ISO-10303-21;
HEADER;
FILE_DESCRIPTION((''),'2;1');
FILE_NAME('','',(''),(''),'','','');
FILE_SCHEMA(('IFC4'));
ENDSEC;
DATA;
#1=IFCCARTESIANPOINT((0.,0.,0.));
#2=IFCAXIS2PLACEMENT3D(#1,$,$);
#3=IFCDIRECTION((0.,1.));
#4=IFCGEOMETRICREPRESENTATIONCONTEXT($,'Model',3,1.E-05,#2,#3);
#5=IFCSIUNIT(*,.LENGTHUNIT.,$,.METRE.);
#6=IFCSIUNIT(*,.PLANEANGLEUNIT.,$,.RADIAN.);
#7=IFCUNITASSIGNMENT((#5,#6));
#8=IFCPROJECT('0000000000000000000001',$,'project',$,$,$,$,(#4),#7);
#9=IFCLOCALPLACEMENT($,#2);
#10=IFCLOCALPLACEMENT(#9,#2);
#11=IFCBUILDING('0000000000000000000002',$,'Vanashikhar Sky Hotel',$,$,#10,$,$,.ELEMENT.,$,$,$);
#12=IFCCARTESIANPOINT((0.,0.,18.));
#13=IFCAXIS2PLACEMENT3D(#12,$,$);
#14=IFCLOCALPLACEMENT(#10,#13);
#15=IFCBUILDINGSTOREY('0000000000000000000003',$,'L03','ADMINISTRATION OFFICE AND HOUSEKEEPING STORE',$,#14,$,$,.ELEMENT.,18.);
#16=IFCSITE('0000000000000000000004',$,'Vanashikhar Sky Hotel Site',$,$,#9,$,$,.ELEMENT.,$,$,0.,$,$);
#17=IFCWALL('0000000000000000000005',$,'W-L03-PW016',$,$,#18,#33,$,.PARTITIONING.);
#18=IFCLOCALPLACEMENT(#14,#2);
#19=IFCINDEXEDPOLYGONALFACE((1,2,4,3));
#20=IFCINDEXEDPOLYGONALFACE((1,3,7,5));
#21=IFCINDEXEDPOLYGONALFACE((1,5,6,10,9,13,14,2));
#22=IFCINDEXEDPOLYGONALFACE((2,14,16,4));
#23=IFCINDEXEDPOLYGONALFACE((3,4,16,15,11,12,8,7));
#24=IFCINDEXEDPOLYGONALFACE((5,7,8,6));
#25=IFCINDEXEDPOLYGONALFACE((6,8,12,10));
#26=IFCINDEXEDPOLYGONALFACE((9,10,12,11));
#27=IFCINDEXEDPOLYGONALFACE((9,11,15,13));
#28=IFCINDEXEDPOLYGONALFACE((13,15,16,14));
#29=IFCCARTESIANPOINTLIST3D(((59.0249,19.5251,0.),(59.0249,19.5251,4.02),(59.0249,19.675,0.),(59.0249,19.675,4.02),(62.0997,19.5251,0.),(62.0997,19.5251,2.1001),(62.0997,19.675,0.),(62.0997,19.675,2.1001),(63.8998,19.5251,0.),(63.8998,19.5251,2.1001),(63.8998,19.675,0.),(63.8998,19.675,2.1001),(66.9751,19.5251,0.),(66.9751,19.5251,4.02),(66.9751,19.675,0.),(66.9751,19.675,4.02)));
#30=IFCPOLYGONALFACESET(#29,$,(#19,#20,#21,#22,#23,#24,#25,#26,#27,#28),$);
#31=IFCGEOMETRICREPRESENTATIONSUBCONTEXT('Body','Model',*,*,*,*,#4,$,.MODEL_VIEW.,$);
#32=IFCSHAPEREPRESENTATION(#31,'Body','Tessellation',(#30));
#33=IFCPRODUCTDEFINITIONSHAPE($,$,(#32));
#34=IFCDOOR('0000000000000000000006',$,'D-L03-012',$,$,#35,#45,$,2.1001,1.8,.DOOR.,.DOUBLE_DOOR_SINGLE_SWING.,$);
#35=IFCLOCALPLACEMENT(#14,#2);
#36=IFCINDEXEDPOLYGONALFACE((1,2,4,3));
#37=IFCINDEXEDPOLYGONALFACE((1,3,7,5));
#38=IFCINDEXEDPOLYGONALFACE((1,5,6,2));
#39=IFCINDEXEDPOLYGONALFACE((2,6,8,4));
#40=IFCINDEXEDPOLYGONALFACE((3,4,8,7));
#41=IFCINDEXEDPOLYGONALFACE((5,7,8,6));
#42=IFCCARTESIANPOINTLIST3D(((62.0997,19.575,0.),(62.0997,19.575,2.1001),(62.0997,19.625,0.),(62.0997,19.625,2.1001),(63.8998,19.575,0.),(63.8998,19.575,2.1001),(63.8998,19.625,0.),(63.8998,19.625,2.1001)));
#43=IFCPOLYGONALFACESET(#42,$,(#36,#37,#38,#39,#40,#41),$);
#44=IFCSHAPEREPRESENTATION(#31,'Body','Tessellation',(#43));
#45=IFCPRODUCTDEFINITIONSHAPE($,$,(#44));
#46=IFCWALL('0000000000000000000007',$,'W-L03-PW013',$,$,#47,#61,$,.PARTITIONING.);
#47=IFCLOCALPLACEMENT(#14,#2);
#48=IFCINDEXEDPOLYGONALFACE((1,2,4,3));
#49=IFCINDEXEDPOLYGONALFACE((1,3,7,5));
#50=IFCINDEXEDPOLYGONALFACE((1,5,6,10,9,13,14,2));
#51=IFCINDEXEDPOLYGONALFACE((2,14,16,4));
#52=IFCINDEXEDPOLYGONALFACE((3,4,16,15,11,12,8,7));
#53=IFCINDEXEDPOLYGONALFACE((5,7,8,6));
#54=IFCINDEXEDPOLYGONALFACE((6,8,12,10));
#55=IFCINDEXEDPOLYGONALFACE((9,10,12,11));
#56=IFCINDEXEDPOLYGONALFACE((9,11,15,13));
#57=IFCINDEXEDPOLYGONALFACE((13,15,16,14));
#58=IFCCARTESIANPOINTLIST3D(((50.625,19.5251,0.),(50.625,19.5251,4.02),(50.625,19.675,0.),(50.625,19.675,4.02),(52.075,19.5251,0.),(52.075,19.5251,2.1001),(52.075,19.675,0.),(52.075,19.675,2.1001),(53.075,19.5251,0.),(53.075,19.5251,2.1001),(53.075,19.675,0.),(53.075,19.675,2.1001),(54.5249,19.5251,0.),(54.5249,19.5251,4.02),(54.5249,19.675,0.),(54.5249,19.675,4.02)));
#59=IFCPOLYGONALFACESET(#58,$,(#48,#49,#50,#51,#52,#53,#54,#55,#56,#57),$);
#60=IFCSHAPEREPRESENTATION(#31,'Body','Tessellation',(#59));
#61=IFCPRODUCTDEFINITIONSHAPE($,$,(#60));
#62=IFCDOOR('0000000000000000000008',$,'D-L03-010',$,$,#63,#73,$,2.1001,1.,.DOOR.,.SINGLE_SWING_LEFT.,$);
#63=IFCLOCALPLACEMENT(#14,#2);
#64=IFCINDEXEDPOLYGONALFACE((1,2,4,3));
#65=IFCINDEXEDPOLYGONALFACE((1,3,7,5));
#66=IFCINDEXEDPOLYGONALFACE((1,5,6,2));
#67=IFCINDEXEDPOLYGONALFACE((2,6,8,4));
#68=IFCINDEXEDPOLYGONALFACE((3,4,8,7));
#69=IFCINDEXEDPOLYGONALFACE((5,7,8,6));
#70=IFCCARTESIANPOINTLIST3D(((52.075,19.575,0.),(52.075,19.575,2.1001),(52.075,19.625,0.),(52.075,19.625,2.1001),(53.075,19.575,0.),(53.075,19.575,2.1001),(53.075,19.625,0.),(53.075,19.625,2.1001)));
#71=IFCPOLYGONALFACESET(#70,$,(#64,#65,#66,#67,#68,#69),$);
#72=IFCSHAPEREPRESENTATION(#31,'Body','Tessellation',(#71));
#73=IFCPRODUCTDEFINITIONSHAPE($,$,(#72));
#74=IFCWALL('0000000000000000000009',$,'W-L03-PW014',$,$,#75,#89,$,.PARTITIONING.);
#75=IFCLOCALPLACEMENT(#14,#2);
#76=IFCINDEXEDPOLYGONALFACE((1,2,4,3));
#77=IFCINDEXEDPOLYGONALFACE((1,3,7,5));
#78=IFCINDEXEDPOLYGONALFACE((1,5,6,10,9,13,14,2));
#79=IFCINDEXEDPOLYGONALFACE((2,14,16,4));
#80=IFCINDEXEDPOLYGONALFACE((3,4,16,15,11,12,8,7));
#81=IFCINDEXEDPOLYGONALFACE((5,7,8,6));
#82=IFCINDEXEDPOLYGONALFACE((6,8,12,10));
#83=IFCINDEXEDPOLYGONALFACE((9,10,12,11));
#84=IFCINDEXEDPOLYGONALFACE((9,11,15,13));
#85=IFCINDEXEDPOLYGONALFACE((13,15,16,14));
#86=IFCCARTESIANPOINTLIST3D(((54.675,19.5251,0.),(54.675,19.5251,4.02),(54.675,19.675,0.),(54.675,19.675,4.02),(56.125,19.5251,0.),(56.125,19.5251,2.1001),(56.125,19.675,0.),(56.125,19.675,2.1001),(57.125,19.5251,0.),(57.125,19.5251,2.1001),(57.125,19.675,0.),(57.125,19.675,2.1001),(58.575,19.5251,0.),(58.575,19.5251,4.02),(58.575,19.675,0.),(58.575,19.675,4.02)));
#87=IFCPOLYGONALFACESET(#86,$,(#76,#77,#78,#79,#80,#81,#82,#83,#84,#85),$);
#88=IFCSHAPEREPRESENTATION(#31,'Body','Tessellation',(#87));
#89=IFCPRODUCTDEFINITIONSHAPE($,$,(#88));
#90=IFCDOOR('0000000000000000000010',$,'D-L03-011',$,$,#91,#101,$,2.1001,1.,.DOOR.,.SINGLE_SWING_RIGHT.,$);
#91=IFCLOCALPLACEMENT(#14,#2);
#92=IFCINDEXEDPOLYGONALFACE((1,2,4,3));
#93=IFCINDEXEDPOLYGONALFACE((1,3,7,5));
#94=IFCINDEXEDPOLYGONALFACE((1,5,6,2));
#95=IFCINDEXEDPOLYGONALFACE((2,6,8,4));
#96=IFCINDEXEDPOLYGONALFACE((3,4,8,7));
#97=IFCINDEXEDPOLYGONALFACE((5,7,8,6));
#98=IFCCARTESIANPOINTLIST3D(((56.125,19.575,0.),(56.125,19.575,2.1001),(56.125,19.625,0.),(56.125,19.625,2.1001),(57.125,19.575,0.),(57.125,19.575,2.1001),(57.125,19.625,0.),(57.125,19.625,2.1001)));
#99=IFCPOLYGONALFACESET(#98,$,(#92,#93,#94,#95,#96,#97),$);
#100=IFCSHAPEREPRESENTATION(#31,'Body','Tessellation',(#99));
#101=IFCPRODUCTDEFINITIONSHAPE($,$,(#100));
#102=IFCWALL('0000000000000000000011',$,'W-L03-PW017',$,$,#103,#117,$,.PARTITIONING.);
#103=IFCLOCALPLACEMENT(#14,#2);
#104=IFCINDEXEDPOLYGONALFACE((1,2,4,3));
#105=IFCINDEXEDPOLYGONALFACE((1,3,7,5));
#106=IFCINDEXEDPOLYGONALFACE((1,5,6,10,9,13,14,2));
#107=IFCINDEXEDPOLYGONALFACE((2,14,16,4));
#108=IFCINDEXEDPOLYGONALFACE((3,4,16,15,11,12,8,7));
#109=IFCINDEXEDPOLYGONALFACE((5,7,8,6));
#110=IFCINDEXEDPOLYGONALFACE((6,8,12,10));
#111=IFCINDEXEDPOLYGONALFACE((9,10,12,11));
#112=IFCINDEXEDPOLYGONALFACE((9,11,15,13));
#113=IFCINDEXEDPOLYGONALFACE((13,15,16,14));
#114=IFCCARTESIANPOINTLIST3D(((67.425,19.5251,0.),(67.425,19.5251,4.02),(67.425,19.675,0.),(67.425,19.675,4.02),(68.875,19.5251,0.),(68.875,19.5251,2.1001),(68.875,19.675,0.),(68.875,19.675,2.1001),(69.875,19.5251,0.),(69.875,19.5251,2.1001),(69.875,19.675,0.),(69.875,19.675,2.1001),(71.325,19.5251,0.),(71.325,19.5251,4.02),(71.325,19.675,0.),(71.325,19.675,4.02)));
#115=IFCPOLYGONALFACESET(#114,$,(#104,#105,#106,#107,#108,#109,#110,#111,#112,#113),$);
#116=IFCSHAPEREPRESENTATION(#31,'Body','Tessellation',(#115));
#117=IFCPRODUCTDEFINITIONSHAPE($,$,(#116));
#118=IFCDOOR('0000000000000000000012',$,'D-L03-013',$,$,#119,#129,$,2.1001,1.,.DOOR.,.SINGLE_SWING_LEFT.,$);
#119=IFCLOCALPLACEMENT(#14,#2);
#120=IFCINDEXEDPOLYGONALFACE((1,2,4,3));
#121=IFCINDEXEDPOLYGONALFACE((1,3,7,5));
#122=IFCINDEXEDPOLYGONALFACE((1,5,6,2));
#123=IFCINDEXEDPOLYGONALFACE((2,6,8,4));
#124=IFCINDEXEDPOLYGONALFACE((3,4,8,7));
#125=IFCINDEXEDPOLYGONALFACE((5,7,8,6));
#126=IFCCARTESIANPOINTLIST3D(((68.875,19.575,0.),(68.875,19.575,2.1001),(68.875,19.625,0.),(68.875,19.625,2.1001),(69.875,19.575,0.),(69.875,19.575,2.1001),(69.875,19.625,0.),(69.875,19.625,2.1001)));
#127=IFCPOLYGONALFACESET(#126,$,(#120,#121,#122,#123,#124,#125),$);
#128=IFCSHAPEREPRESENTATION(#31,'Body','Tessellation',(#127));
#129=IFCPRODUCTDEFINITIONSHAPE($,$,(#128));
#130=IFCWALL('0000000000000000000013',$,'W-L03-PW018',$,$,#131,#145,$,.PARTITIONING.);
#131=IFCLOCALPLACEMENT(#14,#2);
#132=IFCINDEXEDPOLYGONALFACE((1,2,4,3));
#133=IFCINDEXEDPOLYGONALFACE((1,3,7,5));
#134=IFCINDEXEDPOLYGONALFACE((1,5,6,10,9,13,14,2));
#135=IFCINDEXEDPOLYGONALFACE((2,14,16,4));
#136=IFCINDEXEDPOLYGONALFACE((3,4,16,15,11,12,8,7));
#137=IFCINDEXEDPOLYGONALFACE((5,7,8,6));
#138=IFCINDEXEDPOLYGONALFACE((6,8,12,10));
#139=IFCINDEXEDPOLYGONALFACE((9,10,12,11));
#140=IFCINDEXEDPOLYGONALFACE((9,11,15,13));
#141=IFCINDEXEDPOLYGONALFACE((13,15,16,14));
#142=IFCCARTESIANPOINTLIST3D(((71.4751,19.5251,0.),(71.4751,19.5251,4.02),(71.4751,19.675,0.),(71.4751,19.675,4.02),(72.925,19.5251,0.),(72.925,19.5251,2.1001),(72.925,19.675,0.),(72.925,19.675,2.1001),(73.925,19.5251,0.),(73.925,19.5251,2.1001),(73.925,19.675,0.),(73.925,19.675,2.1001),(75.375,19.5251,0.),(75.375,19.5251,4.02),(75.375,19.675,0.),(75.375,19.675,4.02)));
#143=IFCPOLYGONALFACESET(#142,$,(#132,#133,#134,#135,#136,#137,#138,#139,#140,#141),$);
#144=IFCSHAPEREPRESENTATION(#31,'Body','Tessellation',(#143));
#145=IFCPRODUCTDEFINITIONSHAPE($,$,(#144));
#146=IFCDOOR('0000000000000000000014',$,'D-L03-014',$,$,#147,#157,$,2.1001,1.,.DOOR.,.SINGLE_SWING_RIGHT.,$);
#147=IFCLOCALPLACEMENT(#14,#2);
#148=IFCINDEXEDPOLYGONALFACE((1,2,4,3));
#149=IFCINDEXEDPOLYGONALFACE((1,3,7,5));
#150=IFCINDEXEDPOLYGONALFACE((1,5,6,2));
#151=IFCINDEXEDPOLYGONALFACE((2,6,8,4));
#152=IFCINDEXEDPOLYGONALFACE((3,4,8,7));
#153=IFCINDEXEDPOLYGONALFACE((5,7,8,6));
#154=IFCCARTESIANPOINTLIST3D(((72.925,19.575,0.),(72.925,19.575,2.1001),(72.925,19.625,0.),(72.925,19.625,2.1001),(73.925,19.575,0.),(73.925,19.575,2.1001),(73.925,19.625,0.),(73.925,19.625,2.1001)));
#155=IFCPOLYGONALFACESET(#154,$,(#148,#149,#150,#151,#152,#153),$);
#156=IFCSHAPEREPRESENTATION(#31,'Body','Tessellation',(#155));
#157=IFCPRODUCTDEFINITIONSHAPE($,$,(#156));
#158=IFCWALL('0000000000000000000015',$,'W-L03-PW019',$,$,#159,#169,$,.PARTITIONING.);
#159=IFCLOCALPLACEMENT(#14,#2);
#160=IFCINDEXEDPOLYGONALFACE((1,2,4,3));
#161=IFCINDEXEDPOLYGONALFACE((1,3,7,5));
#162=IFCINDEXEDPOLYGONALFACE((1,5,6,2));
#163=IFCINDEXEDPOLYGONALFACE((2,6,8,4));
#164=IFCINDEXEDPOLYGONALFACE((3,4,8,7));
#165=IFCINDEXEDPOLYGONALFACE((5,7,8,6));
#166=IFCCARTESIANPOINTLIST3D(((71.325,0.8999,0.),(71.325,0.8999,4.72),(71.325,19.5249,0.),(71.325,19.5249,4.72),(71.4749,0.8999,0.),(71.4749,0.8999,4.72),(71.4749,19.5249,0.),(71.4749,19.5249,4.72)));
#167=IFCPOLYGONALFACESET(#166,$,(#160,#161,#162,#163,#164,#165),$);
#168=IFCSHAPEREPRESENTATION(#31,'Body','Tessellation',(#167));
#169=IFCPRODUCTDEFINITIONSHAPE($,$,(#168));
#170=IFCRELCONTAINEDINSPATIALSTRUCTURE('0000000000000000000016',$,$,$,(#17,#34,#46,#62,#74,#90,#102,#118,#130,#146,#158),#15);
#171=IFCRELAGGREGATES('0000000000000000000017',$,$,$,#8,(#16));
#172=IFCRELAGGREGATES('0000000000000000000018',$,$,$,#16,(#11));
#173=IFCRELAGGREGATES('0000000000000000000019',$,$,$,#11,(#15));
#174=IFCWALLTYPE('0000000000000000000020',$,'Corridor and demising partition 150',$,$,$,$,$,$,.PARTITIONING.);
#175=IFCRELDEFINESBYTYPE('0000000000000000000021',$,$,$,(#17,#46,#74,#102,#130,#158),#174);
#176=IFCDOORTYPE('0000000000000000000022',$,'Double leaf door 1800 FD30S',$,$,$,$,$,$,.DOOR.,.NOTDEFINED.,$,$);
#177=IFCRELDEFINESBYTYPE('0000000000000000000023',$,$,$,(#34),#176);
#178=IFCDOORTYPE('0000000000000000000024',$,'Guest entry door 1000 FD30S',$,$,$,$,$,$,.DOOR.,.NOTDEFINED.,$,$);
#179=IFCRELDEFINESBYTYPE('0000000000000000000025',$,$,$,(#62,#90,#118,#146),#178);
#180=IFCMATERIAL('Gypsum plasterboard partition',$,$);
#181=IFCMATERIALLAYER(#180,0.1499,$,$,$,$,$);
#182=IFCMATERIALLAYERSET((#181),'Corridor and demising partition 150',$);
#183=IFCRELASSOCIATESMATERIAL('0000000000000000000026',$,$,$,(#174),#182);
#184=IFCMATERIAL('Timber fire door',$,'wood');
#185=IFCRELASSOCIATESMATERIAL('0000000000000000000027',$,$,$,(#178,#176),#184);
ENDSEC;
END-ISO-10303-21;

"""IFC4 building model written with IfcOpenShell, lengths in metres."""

from ifc_helpers import new_model, si_unit, direction, frame, frame_2d, origin, place, context, subcontext, project, spatial, rectangle, extrude, source, transform, mapped, material, layer, layer_set, type_object, element, fill, save


model = new_model("IFC4")

# Units and contexts
model_context = context("Model", 3, precision=1e-05, world=origin(), true_north=direction((0.0, 1.0)))
body_context = subcontext(model_context, "Body", "Model", "MODEL_VIEW")
ifc_project = project(units=[si_unit("LENGTHUNIT", "METRE"), si_unit("PLANEANGLEUNIT", "RADIAN")], contexts=[model_context])

# Site, building, storey
site_placement = place(None, origin())
site = spatial("IfcSite", under=ifc_project, at=site_placement, Name="Vanashikhar Sky Hotel Site", CompositionType="ELEMENT", RefElevation=0.0)
building_placement = place(site_placement, origin())
building = spatial("IfcBuilding", under=site, at=building_placement, Name="Vanashikhar Sky Hotel", CompositionType="ELEMENT")
storey_placement = place(building_placement, frame((0.0, 0.0, 18.0)))
storey = spatial("IfcBuildingStorey", under=building, at=storey_placement, Name="L03", Description="ADMINISTRATION OFFICE AND HOUSEKEEPING STORE", CompositionType="ELEMENT", Elevation=18.0)

# Walls, openings, doors
ifc_material_1 = material(Name="Gypsum plasterboard partition")
ifc_layer_1 = layer(ifc_material_1, 0.1499)
ifc_layer_set_1 = layer_set([ifc_layer_1], Name="Corridor and demising partition 150")
wall_type_1 = type_object("IfcWallType", Name="Corridor and demising partition 150", PredefinedType="PARTITIONING", material=ifc_layer_set_1)
shared_shape_1 = source(origin(), body_context, "Body", "SweptSolid", [
    extrude(rectangle(XDim=1.0, YDim=2.1001, at=frame_2d((0.5, 1.05))), frame((0.0, 0.085, 0.0), z_axis=(0.0, -1.0, 0.0), x_axis=(1.0, 0.0, 0.0)), (0.0, 0.0, 1.0), 0.1699),
])
ifc_material_2 = material(Name="Timber fire door", Category="wood")
door_type_1 = type_object("IfcDoorType", Name="Guest entry door 1000 FD30S", OperationType="NOTDEFINED", PredefinedType="DOOR", material=ifc_material_2)
shared_shape_2 = source(origin(), body_context, "Body", "SweptSolid", [
    extrude(rectangle(XDim=1.0, YDim=2.1001, at=frame_2d((0.5, 1.05))), frame((0.0, 0.0249, 0.0), z_axis=(0.0, -1.0, 0.0), x_axis=(1.0, 0.0, 0.0)), (0.0, 0.0, 1.0), 0.05),
])
shared_shape_3 = source(origin(), body_context, "Body", "SweptSolid", [
    extrude(rectangle(XDim=7.9502, YDim=0.1499, at=frame_2d((3.9751, 0.0))), origin(), (0.0, 0.0, 1.0), 4.02),
])
wall_1_placement = place(storey_placement, frame((59.0249, 19.6001, 0.0), z_axis=(0.0, 0.0, 1.0), x_axis=(1.0, 0.0, 0.0)))
wall_1 = element("IfcWall", 1, at=wall_1_placement, inside=storey, type_object=wall_type_1, Name="W-L03-PW016", PredefinedType="PARTITIONING", context=body_context, shape_type="MappedRepresentation", body=[
    mapped(shared_shape_3, transform((0.0, 0.0, 0.0), scale=1.0)),
])
shared_shape_4 = source(origin(), body_context, "Body", "SweptSolid", [
    extrude(rectangle(XDim=1.8, YDim=2.1001, at=frame_2d((0.8999, 1.05))), frame((0.0, 0.085, 0.0), z_axis=(0.0, -1.0, 0.0), x_axis=(1.0, 0.0, 0.0)), (0.0, 0.0, 1.0), 0.1699),
])
opening_1_placement = place(wall_1_placement, frame((3.075, 0.0, 0.0)))
opening_1 = element("IfcOpeningElement", 2, at=opening_1_placement, cuts=wall_1, PredefinedType="OPENING", context=body_context, shape_type="MappedRepresentation", body=[
    mapped(shared_shape_4, transform((0.0, 0.0, 0.0), scale=1.0)),
])
door_type_2 = type_object("IfcDoorType", Name="Double leaf door 1800 FD30S", OperationType="NOTDEFINED", PredefinedType="DOOR", material=ifc_material_2)
shared_shape_5 = source(origin(), body_context, "Body", "SweptSolid", [
    extrude(rectangle(XDim=1.8, YDim=2.1001, at=frame_2d((0.8999, 1.05))), frame((0.0, 0.0249, 0.0), z_axis=(0.0, -1.0, 0.0), x_axis=(1.0, 0.0, 0.0)), (0.0, 0.0, 1.0), 0.05),
])
door_1_placement = place(opening_1_placement, origin())
door_1 = element("IfcDoor", 3, at=door_1_placement, inside=storey, type_object=door_type_2, Name="D-L03-012", OperationType="DOUBLE_DOOR_SINGLE_SWING", OverallHeight=2.1001, OverallWidth=1.8, PredefinedType="DOOR", context=body_context, shape_type="MappedRepresentation", body=[
    mapped(shared_shape_5, transform((0.0, 0.0, 0.0), scale=1.0)),
])
fill(opening_1, door_1)
shared_shape_6 = source(origin(), body_context, "Body", "SweptSolid", [
    extrude(rectangle(XDim=3.8999, YDim=0.1499, at=frame_2d((1.95, 0.0))), origin(), (0.0, 0.0, 1.0), 4.02),
])
wall_2_placement = place(storey_placement, frame((50.625, 19.6001, 0.0), z_axis=(0.0, 0.0, 1.0), x_axis=(1.0, 0.0, 0.0)))
wall_2 = element("IfcWall", 4, at=wall_2_placement, inside=storey, type_object=wall_type_1, Name="W-L03-PW013", PredefinedType="PARTITIONING", context=body_context, shape_type="MappedRepresentation", body=[
    mapped(shared_shape_6, transform((0.0, 0.0, 0.0), scale=1.0)),
])
opening_2_placement = place(wall_2_placement, frame((1.45, 0.0, 0.0)))
opening_2 = element("IfcOpeningElement", 5, at=opening_2_placement, cuts=wall_2, PredefinedType="OPENING", context=body_context, shape_type="MappedRepresentation", body=[
    mapped(shared_shape_1, transform((0.0, 0.0, 0.0), scale=1.0)),
])
door_2_placement = place(opening_2_placement, origin())
door_2 = element("IfcDoor", 6, at=door_2_placement, inside=storey, type_object=door_type_1, Name="D-L03-010", OperationType="SINGLE_SWING_LEFT", OverallHeight=2.1001, OverallWidth=1.0, PredefinedType="DOOR", context=body_context, shape_type="MappedRepresentation", body=[
    mapped(shared_shape_2, transform((0.0, 0.0, 0.0), scale=1.0)),
])
fill(opening_2, door_2)
wall_3_placement = place(storey_placement, frame((54.675, 19.6001, 0.0), z_axis=(0.0, 0.0, 1.0), x_axis=(1.0, 0.0, 0.0)))
wall_3 = element("IfcWall", 7, at=wall_3_placement, inside=storey, type_object=wall_type_1, Name="W-L03-PW014", PredefinedType="PARTITIONING", context=body_context, shape_type="MappedRepresentation", body=[
    mapped(shared_shape_6, transform((0.0, 0.0, 0.0), scale=1.0)),
])
opening_3_placement = place(wall_3_placement, frame((1.45, 0.0, 0.0)))
opening_3 = element("IfcOpeningElement", 8, at=opening_3_placement, cuts=wall_3, PredefinedType="OPENING", context=body_context, shape_type="MappedRepresentation", body=[
    mapped(shared_shape_1, transform((0.0, 0.0, 0.0), scale=1.0)),
])
door_3_placement = place(opening_3_placement, origin())
door_3 = element("IfcDoor", 9, at=door_3_placement, inside=storey, type_object=door_type_1, Name="D-L03-011", OperationType="SINGLE_SWING_RIGHT", OverallHeight=2.1001, OverallWidth=1.0, PredefinedType="DOOR", context=body_context, shape_type="MappedRepresentation", body=[
    mapped(shared_shape_2, transform((0.0, 0.0, 0.0), scale=1.0)),
])
fill(opening_3, door_3)
wall_4_placement = place(storey_placement, frame((67.425, 19.6001, 0.0), z_axis=(0.0, 0.0, 1.0), x_axis=(1.0, 0.0, 0.0)))
wall_4 = element("IfcWall", 10, at=wall_4_placement, inside=storey, type_object=wall_type_1, Name="W-L03-PW017", PredefinedType="PARTITIONING", context=body_context, shape_type="MappedRepresentation", body=[
    mapped(shared_shape_6, transform((0.0, 0.0, 0.0), scale=1.0)),
])
opening_4_placement = place(wall_4_placement, frame((1.45, 0.0, 0.0)))
opening_4 = element("IfcOpeningElement", 11, at=opening_4_placement, cuts=wall_4, PredefinedType="OPENING", context=body_context, shape_type="MappedRepresentation", body=[
    mapped(shared_shape_1, transform((0.0, 0.0, 0.0), scale=1.0)),
])
door_4_placement = place(opening_4_placement, origin())
door_4 = element("IfcDoor", 12, at=door_4_placement, inside=storey, type_object=door_type_1, Name="D-L03-013", OperationType="SINGLE_SWING_LEFT", OverallHeight=2.1001, OverallWidth=1.0, PredefinedType="DOOR", context=body_context, shape_type="MappedRepresentation", body=[
    mapped(shared_shape_2, transform((0.0, 0.0, 0.0), scale=1.0)),
])
fill(opening_4, door_4)
wall_5_placement = place(storey_placement, frame((71.4751, 19.6001, 0.0), z_axis=(0.0, 0.0, 1.0), x_axis=(1.0, 0.0, 0.0)))
wall_5 = element("IfcWall", 13, at=wall_5_placement, inside=storey, type_object=wall_type_1, Name="W-L03-PW018", PredefinedType="PARTITIONING", context=body_context, shape_type="MappedRepresentation", body=[
    mapped(shared_shape_6, transform((0.0, 0.0, 0.0), scale=1.0)),
])
opening_5_placement = place(wall_5_placement, frame((1.45, 0.0, 0.0)))
opening_5 = element("IfcOpeningElement", 14, at=opening_5_placement, cuts=wall_5, PredefinedType="OPENING", context=body_context, shape_type="MappedRepresentation", body=[
    mapped(shared_shape_1, transform((0.0, 0.0, 0.0), scale=1.0)),
])
door_5_placement = place(opening_5_placement, origin())
door_5 = element("IfcDoor", 15, at=door_5_placement, inside=storey, type_object=door_type_1, Name="D-L03-014", OperationType="SINGLE_SWING_RIGHT", OverallHeight=2.1001, OverallWidth=1.0, PredefinedType="DOOR", context=body_context, shape_type="MappedRepresentation", body=[
    mapped(shared_shape_2, transform((0.0, 0.0, 0.0), scale=1.0)),
])
fill(opening_5, door_5)

# Wall
shared_shape_7 = source(origin(), body_context, "Body", "SweptSolid", [
    extrude(rectangle(XDim=18.625, YDim=0.1499, at=frame_2d((9.3125, 0.0))), origin(), (0.0, 0.0, 1.0), 4.72),
])
wall_6_placement = place(storey_placement, frame((71.3999, 0.8999, 0.0), z_axis=(0.0, 0.0, 1.0), x_axis=(0.0, 1.0, 0.0)))
element("IfcWall", 16, at=wall_6_placement, inside=storey, type_object=wall_type_1, Name="W-L03-PW019", PredefinedType="PARTITIONING", context=body_context, shape_type="MappedRepresentation", body=[
    mapped(shared_shape_7, transform((0.0, 0.0, 0.0), scale=1.0)),
])

save(model, "model.ifc")
